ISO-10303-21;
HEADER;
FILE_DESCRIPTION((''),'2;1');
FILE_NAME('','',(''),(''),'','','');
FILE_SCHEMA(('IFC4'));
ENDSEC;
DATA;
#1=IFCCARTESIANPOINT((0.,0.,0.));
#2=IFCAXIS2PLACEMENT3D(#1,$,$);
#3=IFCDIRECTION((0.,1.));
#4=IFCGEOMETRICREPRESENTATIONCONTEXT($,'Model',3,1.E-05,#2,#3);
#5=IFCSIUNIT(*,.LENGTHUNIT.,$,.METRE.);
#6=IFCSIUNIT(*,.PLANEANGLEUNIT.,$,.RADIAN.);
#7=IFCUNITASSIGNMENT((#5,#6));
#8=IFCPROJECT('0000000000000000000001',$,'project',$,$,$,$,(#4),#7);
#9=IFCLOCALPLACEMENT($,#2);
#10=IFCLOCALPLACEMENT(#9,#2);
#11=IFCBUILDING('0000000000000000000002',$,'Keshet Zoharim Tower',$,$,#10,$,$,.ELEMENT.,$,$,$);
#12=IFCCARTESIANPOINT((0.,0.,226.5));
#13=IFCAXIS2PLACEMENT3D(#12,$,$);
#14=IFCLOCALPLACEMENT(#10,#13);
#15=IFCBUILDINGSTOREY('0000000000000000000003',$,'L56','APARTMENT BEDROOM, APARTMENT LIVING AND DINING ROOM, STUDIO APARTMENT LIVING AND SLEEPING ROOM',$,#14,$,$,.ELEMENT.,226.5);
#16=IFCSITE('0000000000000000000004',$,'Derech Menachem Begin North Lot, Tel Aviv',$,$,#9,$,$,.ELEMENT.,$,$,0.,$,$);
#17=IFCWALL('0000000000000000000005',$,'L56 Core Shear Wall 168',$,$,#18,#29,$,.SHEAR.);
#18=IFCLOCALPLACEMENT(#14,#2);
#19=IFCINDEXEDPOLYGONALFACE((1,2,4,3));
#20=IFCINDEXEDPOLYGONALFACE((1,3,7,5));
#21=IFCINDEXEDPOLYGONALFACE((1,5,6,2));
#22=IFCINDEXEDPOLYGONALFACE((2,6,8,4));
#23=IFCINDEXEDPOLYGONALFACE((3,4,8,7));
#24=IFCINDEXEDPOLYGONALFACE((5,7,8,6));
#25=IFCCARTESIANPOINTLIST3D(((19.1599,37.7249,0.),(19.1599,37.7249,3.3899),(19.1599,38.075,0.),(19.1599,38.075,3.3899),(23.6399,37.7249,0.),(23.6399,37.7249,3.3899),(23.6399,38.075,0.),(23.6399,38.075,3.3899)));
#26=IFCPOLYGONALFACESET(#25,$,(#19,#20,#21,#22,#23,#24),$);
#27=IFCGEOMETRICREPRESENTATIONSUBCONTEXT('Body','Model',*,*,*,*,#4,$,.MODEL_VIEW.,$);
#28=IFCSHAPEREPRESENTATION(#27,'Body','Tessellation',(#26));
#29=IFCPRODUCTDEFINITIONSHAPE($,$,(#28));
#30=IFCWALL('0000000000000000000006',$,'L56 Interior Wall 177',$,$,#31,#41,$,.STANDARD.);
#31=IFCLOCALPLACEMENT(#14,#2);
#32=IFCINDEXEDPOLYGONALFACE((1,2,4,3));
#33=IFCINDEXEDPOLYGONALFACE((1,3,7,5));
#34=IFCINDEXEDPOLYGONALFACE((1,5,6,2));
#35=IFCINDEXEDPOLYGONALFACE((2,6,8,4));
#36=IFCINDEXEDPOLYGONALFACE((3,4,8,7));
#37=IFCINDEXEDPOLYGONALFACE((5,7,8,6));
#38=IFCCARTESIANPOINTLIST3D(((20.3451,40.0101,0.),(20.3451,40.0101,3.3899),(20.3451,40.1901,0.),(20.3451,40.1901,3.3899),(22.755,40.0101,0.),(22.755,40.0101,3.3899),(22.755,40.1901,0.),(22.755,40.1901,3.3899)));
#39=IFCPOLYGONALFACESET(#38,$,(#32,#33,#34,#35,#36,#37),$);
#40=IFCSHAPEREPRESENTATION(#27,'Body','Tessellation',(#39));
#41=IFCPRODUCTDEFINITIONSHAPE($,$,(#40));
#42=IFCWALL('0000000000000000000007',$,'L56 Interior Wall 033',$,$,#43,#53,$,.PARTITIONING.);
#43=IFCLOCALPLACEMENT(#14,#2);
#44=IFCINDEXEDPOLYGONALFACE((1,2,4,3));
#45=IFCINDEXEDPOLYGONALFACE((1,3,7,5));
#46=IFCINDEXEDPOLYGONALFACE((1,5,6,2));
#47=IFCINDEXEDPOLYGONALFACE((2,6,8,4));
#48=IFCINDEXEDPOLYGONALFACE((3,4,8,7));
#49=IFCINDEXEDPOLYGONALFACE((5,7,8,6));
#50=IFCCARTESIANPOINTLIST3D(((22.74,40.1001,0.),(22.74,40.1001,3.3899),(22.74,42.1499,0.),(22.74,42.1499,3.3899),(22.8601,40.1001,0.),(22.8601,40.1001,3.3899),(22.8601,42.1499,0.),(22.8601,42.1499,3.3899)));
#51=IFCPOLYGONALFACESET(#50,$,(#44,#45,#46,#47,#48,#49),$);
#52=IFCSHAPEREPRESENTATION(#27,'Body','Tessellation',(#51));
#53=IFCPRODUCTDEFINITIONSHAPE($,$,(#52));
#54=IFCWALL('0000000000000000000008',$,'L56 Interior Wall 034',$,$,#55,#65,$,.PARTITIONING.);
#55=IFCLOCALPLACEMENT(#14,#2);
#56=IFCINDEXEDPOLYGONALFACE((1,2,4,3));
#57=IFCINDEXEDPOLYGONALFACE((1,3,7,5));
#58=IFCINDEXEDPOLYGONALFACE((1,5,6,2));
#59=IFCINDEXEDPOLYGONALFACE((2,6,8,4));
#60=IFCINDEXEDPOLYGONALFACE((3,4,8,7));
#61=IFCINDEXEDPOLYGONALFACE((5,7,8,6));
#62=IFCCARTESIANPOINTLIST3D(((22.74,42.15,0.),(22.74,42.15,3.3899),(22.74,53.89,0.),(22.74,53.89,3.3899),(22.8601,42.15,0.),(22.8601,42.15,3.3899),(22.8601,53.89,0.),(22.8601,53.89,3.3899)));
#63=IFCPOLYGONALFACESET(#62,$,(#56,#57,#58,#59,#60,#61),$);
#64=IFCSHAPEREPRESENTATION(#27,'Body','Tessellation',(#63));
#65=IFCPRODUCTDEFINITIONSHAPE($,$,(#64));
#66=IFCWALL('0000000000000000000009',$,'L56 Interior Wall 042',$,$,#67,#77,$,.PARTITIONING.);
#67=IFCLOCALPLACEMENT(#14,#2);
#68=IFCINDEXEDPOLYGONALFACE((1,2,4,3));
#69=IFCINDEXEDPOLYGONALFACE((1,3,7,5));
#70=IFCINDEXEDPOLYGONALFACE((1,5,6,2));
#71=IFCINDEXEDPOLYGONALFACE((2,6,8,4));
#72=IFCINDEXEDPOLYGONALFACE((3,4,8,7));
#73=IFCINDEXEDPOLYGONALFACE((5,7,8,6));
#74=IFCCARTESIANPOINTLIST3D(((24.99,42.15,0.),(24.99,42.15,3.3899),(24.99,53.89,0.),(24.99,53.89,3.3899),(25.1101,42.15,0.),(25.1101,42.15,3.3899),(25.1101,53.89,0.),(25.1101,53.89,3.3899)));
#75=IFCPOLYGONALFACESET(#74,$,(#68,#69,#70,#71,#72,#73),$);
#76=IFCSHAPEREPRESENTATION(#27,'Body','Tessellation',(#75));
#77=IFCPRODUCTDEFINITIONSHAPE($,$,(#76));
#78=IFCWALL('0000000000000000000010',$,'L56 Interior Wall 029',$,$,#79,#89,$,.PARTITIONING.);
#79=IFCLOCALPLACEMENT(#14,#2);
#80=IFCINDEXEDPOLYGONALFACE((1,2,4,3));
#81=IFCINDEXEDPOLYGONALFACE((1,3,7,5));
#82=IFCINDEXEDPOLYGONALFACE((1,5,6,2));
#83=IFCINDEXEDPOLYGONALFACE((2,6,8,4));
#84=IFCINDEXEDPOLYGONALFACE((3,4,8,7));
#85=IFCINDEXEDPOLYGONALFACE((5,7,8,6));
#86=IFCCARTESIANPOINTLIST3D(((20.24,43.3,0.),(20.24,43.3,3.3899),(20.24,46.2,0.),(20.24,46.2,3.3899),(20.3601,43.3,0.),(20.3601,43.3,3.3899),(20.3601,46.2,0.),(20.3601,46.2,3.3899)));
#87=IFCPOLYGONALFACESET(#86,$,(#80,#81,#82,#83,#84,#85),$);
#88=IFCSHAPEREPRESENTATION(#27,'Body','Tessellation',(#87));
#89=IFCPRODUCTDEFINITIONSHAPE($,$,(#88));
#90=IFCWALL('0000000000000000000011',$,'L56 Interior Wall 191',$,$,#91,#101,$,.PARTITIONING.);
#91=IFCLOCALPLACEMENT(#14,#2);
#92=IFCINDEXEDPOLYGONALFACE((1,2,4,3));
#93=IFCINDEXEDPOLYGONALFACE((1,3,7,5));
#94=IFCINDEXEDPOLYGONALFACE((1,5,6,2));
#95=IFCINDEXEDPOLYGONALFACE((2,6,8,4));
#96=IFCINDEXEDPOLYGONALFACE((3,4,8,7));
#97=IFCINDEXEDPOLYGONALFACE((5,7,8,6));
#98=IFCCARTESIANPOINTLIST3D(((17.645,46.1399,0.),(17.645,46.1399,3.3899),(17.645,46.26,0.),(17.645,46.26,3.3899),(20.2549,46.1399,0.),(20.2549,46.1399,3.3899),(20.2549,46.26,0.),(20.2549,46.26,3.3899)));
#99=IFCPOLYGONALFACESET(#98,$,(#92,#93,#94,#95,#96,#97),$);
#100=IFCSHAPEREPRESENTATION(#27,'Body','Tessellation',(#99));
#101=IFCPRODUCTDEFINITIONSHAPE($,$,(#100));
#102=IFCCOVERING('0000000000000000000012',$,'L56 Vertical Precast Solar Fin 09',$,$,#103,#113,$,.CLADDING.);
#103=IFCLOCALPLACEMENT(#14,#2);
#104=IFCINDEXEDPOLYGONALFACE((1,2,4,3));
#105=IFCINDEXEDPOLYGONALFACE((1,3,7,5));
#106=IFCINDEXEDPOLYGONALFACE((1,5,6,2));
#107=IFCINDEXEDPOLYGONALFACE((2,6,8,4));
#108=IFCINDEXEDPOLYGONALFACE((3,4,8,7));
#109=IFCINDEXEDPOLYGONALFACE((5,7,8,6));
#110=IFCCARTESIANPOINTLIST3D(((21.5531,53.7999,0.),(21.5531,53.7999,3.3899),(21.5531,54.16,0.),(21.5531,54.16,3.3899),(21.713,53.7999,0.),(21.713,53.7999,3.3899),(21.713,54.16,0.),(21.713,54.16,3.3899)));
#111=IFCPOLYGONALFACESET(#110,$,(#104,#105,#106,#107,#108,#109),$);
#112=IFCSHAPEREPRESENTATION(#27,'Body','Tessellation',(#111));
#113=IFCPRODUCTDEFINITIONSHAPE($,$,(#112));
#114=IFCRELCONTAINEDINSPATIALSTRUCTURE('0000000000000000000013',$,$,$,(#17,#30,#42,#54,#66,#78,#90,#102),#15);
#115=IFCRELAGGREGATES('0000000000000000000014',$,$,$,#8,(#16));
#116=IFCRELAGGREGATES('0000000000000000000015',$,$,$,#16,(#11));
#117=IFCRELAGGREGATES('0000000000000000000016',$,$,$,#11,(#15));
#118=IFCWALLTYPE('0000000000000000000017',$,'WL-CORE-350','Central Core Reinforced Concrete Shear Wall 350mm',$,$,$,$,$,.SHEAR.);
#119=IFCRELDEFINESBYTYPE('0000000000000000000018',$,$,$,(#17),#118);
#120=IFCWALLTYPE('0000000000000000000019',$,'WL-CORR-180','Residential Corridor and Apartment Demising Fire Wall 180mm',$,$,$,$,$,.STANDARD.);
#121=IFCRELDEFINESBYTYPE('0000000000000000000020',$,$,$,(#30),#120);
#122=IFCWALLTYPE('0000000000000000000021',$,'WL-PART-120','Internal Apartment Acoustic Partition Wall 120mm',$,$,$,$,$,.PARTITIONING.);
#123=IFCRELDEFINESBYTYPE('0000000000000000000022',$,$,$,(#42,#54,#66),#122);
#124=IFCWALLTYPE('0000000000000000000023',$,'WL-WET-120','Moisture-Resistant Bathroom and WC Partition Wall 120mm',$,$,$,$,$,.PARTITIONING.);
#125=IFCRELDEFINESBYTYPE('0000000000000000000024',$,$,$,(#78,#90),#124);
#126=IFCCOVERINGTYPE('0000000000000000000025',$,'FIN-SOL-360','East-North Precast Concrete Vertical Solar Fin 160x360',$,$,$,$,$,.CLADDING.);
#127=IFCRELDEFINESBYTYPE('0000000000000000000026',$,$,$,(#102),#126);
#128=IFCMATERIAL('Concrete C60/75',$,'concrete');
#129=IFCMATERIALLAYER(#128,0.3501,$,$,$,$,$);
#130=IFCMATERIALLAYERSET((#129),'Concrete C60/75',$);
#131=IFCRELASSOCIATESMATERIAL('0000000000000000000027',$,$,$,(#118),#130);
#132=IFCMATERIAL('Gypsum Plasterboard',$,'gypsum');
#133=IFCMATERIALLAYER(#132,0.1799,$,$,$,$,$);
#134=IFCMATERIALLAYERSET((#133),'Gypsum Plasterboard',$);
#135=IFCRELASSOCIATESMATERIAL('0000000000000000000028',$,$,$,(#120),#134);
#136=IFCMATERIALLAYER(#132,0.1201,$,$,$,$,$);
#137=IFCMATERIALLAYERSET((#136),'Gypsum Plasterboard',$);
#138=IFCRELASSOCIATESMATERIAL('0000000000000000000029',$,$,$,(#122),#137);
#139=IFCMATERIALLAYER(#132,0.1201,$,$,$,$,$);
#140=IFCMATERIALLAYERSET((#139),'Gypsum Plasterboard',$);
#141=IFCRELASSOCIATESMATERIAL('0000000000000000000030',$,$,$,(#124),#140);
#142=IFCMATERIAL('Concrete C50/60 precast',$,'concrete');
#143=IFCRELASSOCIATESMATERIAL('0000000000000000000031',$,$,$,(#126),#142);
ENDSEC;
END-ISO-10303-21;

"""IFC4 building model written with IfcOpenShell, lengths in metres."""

from ifc_helpers import new_model, si_unit, direction, frame, frame_2d, origin, origin_2d, place, context, subcontext, project, spatial, rectangle, extrude, material, layer, layer_set, type_object, element, save


model = new_model("IFC4")

# Units and contexts
model_context = context("Model", 3, precision=1e-05, world=origin(), true_north=direction((0.0, 1.0)))
body_context = subcontext(model_context, "Body", "Model", "MODEL_VIEW")
ifc_project = project(units=[si_unit("LENGTHUNIT", "METRE"), si_unit("PLANEANGLEUNIT", "RADIAN")], contexts=[model_context])

# Site, building, storey
site_placement = place(None, origin())
site = spatial("IfcSite", under=ifc_project, at=site_placement, Name="Derech Menachem Begin North Lot, Tel Aviv", CompositionType="ELEMENT", RefElevation=0.0)
building_placement = place(site_placement, origin())
building = spatial("IfcBuilding", under=site, at=building_placement, Name="Keshet Zoharim Tower", CompositionType="ELEMENT")
storey_placement = place(building_placement, frame((0.0, 0.0, 226.5)))
storey = spatial("IfcBuildingStorey", under=building, at=storey_placement, Name="L56", Description="APARTMENT BEDROOM, APARTMENT LIVING AND DINING ROOM, STUDIO APARTMENT LIVING AND SLEEPING ROOM", CompositionType="ELEMENT", Elevation=226.5)

# Walls
ifc_material_1 = material(Name="Gypsum Plasterboard", Category="gypsum")
ifc_material_2 = material(Name="Concrete C60/75", Category="concrete")
ifc_layer_1 = layer(ifc_material_2, 0.3501)
ifc_layer_set_1 = layer_set([ifc_layer_1], Name="Concrete C60/75")
wall_type_1 = type_object("IfcWallType", Name="WL-CORE-350", Description="Central Core Reinforced Concrete Shear Wall 350mm", PredefinedType="SHEAR", material=ifc_layer_set_1)
wall_1_placement = place(storey_placement, frame((19.1599, 37.8999, 0.0), z_axis=(0.0, 0.0, 1.0), x_axis=(1.0, 0.0, 0.0)))
element("IfcWall", 1, at=wall_1_placement, inside=storey, type_object=wall_type_1, Name="L56 Core Shear Wall 168", PredefinedType="SHEAR", context=body_context, shape_type="SweptSolid", body=[
    extrude(rectangle(XDim=4.48, YDim=0.3501, at=frame_2d((2.24, 0.0))), origin(), (0.0, 0.0, 1.0), 3.3899),
])
ifc_layer_2 = layer(ifc_material_1, 0.1799)
ifc_layer_set_2 = layer_set([ifc_layer_2], Name="Gypsum Plasterboard")
wall_type_2 = type_object("IfcWallType", Name="WL-CORR-180", Description="Residential Corridor and Apartment Demising Fire Wall 180mm", PredefinedType="STANDARD", material=ifc_layer_set_2)
wall_2_placement = place(storey_placement, frame((20.345, 40.1001, 0.0), z_axis=(0.0, 0.0, 1.0), x_axis=(1.0, 0.0, 0.0)))
element("IfcWall", 2, at=wall_2_placement, inside=storey, type_object=wall_type_2, Name="L56 Interior Wall 177", PredefinedType="STANDARD", context=body_context, shape_type="SweptSolid", body=[
    extrude(rectangle(XDim=2.4099, YDim=0.1799, at=frame_2d((1.2051, 0.0))), origin(), (0.0, 0.0, 1.0), 3.3899),
])

# Shared definitions
ifc_layer_3 = layer(ifc_material_1, 0.1201)
ifc_layer_set_3 = layer_set([ifc_layer_3], Name="Gypsum Plasterboard")
wall_type_3 = type_object("IfcWallType", Name="WL-PART-120", Description="Internal Apartment Acoustic Partition Wall 120mm", PredefinedType="PARTITIONING", material=ifc_layer_set_3)

# Walls
wall_3_placement = place(storey_placement, frame((22.8, 40.1001, 0.0), z_axis=(0.0, 0.0, 1.0), x_axis=(0.0, 1.0, 0.0)))
element("IfcWall", 3, at=wall_3_placement, inside=storey, type_object=wall_type_3, Name="L56 Interior Wall 033", PredefinedType="PARTITIONING", context=body_context, shape_type="SweptSolid", body=[
    extrude(rectangle(XDim=2.0498, YDim=0.1201, at=frame_2d((1.0249, 0.0))), origin(), (0.0, 0.0, 1.0), 3.3899),
])
for number, where, z_axis, x_axis, name in (
    (4, (22.8, 42.1499, 0.0), (0.0, 0.0, 1.0), (0.0, 1.0, 0.0), "L56 Interior Wall 034"),
    (5, (25.05, 42.1499, 0.0), (0.0, 0.0, 1.0), (0.0, 1.0, 0.0), "L56 Interior Wall 042"),
):
    element("IfcWall", number, at=place(storey_placement, frame(where, z_axis=z_axis, x_axis=x_axis)), inside=storey, type_object=wall_type_3, Name=name, PredefinedType="PARTITIONING", context=body_context, shape_type="SweptSolid", body=[
        extrude(rectangle(XDim=11.74, YDim=0.1201, at=frame_2d((5.8701, 0.0))), origin(), (0.0, 0.0, 1.0), 3.3899),
    ])

# Walls
ifc_layer_4 = layer(ifc_material_1, 0.1201)
ifc_layer_set_4 = layer_set([ifc_layer_4], Name="Gypsum Plasterboard")
wall_type_4 = type_object("IfcWallType", Name="WL-WET-120", Description="Moisture-Resistant Bathroom and WC Partition Wall 120mm", PredefinedType="PARTITIONING", material=ifc_layer_set_4)
wall_4_placement = place(storey_placement, frame((20.3, 43.3, 0.0), z_axis=(0.0, 0.0, 1.0), x_axis=(0.0, 1.0, 0.0)))
element("IfcWall", 6, at=wall_4_placement, inside=storey, type_object=wall_type_4, Name="L56 Interior Wall 029", PredefinedType="PARTITIONING", context=body_context, shape_type="SweptSolid", body=[
    extrude(rectangle(XDim=2.8999, YDim=0.1201, at=frame_2d((1.45, 0.0))), origin(), (0.0, 0.0, 1.0), 3.3899),
])
wall_5_placement = place(storey_placement, frame((17.645, 46.2, 0.0), z_axis=(0.0, 0.0, 1.0), x_axis=(1.0, 0.0, 0.0)))
element("IfcWall", 7, at=wall_5_placement, inside=storey, type_object=wall_type_4, Name="L56 Interior Wall 191", PredefinedType="PARTITIONING", context=body_context, shape_type="SweptSolid", body=[
    extrude(rectangle(XDim=2.6099, YDim=0.1201, at=frame_2d((1.3049, 0.0))), origin(), (0.0, 0.0, 1.0), 3.3899),
])

# Covering
ifc_material_3 = material(Name="Concrete C50/60 precast", Category="concrete")
covering_type = type_object("IfcCoveringType", Name="FIN-SOL-360", Description="East-North Precast Concrete Vertical Solar Fin 160x360", PredefinedType="CLADDING", material=ifc_material_3)
covering_placement = place(storey_placement, frame((21.6331, 53.98, 0.0), z_axis=(0.0, 0.0, 1.0), x_axis=(1.0, 0.0, 0.0)))
element("IfcCovering", 8, at=covering_placement, inside=storey, type_object=covering_type, Name="L56 Vertical Precast Solar Fin 09", PredefinedType="CLADDING", context=body_context, shape_type="SweptSolid", body=[
    extrude(rectangle(XDim=0.1599, YDim=0.3601, at=origin_2d()), origin(), (0.0, 0.0, 1.0), 3.3899),
])

save(model, "model.ifc")
